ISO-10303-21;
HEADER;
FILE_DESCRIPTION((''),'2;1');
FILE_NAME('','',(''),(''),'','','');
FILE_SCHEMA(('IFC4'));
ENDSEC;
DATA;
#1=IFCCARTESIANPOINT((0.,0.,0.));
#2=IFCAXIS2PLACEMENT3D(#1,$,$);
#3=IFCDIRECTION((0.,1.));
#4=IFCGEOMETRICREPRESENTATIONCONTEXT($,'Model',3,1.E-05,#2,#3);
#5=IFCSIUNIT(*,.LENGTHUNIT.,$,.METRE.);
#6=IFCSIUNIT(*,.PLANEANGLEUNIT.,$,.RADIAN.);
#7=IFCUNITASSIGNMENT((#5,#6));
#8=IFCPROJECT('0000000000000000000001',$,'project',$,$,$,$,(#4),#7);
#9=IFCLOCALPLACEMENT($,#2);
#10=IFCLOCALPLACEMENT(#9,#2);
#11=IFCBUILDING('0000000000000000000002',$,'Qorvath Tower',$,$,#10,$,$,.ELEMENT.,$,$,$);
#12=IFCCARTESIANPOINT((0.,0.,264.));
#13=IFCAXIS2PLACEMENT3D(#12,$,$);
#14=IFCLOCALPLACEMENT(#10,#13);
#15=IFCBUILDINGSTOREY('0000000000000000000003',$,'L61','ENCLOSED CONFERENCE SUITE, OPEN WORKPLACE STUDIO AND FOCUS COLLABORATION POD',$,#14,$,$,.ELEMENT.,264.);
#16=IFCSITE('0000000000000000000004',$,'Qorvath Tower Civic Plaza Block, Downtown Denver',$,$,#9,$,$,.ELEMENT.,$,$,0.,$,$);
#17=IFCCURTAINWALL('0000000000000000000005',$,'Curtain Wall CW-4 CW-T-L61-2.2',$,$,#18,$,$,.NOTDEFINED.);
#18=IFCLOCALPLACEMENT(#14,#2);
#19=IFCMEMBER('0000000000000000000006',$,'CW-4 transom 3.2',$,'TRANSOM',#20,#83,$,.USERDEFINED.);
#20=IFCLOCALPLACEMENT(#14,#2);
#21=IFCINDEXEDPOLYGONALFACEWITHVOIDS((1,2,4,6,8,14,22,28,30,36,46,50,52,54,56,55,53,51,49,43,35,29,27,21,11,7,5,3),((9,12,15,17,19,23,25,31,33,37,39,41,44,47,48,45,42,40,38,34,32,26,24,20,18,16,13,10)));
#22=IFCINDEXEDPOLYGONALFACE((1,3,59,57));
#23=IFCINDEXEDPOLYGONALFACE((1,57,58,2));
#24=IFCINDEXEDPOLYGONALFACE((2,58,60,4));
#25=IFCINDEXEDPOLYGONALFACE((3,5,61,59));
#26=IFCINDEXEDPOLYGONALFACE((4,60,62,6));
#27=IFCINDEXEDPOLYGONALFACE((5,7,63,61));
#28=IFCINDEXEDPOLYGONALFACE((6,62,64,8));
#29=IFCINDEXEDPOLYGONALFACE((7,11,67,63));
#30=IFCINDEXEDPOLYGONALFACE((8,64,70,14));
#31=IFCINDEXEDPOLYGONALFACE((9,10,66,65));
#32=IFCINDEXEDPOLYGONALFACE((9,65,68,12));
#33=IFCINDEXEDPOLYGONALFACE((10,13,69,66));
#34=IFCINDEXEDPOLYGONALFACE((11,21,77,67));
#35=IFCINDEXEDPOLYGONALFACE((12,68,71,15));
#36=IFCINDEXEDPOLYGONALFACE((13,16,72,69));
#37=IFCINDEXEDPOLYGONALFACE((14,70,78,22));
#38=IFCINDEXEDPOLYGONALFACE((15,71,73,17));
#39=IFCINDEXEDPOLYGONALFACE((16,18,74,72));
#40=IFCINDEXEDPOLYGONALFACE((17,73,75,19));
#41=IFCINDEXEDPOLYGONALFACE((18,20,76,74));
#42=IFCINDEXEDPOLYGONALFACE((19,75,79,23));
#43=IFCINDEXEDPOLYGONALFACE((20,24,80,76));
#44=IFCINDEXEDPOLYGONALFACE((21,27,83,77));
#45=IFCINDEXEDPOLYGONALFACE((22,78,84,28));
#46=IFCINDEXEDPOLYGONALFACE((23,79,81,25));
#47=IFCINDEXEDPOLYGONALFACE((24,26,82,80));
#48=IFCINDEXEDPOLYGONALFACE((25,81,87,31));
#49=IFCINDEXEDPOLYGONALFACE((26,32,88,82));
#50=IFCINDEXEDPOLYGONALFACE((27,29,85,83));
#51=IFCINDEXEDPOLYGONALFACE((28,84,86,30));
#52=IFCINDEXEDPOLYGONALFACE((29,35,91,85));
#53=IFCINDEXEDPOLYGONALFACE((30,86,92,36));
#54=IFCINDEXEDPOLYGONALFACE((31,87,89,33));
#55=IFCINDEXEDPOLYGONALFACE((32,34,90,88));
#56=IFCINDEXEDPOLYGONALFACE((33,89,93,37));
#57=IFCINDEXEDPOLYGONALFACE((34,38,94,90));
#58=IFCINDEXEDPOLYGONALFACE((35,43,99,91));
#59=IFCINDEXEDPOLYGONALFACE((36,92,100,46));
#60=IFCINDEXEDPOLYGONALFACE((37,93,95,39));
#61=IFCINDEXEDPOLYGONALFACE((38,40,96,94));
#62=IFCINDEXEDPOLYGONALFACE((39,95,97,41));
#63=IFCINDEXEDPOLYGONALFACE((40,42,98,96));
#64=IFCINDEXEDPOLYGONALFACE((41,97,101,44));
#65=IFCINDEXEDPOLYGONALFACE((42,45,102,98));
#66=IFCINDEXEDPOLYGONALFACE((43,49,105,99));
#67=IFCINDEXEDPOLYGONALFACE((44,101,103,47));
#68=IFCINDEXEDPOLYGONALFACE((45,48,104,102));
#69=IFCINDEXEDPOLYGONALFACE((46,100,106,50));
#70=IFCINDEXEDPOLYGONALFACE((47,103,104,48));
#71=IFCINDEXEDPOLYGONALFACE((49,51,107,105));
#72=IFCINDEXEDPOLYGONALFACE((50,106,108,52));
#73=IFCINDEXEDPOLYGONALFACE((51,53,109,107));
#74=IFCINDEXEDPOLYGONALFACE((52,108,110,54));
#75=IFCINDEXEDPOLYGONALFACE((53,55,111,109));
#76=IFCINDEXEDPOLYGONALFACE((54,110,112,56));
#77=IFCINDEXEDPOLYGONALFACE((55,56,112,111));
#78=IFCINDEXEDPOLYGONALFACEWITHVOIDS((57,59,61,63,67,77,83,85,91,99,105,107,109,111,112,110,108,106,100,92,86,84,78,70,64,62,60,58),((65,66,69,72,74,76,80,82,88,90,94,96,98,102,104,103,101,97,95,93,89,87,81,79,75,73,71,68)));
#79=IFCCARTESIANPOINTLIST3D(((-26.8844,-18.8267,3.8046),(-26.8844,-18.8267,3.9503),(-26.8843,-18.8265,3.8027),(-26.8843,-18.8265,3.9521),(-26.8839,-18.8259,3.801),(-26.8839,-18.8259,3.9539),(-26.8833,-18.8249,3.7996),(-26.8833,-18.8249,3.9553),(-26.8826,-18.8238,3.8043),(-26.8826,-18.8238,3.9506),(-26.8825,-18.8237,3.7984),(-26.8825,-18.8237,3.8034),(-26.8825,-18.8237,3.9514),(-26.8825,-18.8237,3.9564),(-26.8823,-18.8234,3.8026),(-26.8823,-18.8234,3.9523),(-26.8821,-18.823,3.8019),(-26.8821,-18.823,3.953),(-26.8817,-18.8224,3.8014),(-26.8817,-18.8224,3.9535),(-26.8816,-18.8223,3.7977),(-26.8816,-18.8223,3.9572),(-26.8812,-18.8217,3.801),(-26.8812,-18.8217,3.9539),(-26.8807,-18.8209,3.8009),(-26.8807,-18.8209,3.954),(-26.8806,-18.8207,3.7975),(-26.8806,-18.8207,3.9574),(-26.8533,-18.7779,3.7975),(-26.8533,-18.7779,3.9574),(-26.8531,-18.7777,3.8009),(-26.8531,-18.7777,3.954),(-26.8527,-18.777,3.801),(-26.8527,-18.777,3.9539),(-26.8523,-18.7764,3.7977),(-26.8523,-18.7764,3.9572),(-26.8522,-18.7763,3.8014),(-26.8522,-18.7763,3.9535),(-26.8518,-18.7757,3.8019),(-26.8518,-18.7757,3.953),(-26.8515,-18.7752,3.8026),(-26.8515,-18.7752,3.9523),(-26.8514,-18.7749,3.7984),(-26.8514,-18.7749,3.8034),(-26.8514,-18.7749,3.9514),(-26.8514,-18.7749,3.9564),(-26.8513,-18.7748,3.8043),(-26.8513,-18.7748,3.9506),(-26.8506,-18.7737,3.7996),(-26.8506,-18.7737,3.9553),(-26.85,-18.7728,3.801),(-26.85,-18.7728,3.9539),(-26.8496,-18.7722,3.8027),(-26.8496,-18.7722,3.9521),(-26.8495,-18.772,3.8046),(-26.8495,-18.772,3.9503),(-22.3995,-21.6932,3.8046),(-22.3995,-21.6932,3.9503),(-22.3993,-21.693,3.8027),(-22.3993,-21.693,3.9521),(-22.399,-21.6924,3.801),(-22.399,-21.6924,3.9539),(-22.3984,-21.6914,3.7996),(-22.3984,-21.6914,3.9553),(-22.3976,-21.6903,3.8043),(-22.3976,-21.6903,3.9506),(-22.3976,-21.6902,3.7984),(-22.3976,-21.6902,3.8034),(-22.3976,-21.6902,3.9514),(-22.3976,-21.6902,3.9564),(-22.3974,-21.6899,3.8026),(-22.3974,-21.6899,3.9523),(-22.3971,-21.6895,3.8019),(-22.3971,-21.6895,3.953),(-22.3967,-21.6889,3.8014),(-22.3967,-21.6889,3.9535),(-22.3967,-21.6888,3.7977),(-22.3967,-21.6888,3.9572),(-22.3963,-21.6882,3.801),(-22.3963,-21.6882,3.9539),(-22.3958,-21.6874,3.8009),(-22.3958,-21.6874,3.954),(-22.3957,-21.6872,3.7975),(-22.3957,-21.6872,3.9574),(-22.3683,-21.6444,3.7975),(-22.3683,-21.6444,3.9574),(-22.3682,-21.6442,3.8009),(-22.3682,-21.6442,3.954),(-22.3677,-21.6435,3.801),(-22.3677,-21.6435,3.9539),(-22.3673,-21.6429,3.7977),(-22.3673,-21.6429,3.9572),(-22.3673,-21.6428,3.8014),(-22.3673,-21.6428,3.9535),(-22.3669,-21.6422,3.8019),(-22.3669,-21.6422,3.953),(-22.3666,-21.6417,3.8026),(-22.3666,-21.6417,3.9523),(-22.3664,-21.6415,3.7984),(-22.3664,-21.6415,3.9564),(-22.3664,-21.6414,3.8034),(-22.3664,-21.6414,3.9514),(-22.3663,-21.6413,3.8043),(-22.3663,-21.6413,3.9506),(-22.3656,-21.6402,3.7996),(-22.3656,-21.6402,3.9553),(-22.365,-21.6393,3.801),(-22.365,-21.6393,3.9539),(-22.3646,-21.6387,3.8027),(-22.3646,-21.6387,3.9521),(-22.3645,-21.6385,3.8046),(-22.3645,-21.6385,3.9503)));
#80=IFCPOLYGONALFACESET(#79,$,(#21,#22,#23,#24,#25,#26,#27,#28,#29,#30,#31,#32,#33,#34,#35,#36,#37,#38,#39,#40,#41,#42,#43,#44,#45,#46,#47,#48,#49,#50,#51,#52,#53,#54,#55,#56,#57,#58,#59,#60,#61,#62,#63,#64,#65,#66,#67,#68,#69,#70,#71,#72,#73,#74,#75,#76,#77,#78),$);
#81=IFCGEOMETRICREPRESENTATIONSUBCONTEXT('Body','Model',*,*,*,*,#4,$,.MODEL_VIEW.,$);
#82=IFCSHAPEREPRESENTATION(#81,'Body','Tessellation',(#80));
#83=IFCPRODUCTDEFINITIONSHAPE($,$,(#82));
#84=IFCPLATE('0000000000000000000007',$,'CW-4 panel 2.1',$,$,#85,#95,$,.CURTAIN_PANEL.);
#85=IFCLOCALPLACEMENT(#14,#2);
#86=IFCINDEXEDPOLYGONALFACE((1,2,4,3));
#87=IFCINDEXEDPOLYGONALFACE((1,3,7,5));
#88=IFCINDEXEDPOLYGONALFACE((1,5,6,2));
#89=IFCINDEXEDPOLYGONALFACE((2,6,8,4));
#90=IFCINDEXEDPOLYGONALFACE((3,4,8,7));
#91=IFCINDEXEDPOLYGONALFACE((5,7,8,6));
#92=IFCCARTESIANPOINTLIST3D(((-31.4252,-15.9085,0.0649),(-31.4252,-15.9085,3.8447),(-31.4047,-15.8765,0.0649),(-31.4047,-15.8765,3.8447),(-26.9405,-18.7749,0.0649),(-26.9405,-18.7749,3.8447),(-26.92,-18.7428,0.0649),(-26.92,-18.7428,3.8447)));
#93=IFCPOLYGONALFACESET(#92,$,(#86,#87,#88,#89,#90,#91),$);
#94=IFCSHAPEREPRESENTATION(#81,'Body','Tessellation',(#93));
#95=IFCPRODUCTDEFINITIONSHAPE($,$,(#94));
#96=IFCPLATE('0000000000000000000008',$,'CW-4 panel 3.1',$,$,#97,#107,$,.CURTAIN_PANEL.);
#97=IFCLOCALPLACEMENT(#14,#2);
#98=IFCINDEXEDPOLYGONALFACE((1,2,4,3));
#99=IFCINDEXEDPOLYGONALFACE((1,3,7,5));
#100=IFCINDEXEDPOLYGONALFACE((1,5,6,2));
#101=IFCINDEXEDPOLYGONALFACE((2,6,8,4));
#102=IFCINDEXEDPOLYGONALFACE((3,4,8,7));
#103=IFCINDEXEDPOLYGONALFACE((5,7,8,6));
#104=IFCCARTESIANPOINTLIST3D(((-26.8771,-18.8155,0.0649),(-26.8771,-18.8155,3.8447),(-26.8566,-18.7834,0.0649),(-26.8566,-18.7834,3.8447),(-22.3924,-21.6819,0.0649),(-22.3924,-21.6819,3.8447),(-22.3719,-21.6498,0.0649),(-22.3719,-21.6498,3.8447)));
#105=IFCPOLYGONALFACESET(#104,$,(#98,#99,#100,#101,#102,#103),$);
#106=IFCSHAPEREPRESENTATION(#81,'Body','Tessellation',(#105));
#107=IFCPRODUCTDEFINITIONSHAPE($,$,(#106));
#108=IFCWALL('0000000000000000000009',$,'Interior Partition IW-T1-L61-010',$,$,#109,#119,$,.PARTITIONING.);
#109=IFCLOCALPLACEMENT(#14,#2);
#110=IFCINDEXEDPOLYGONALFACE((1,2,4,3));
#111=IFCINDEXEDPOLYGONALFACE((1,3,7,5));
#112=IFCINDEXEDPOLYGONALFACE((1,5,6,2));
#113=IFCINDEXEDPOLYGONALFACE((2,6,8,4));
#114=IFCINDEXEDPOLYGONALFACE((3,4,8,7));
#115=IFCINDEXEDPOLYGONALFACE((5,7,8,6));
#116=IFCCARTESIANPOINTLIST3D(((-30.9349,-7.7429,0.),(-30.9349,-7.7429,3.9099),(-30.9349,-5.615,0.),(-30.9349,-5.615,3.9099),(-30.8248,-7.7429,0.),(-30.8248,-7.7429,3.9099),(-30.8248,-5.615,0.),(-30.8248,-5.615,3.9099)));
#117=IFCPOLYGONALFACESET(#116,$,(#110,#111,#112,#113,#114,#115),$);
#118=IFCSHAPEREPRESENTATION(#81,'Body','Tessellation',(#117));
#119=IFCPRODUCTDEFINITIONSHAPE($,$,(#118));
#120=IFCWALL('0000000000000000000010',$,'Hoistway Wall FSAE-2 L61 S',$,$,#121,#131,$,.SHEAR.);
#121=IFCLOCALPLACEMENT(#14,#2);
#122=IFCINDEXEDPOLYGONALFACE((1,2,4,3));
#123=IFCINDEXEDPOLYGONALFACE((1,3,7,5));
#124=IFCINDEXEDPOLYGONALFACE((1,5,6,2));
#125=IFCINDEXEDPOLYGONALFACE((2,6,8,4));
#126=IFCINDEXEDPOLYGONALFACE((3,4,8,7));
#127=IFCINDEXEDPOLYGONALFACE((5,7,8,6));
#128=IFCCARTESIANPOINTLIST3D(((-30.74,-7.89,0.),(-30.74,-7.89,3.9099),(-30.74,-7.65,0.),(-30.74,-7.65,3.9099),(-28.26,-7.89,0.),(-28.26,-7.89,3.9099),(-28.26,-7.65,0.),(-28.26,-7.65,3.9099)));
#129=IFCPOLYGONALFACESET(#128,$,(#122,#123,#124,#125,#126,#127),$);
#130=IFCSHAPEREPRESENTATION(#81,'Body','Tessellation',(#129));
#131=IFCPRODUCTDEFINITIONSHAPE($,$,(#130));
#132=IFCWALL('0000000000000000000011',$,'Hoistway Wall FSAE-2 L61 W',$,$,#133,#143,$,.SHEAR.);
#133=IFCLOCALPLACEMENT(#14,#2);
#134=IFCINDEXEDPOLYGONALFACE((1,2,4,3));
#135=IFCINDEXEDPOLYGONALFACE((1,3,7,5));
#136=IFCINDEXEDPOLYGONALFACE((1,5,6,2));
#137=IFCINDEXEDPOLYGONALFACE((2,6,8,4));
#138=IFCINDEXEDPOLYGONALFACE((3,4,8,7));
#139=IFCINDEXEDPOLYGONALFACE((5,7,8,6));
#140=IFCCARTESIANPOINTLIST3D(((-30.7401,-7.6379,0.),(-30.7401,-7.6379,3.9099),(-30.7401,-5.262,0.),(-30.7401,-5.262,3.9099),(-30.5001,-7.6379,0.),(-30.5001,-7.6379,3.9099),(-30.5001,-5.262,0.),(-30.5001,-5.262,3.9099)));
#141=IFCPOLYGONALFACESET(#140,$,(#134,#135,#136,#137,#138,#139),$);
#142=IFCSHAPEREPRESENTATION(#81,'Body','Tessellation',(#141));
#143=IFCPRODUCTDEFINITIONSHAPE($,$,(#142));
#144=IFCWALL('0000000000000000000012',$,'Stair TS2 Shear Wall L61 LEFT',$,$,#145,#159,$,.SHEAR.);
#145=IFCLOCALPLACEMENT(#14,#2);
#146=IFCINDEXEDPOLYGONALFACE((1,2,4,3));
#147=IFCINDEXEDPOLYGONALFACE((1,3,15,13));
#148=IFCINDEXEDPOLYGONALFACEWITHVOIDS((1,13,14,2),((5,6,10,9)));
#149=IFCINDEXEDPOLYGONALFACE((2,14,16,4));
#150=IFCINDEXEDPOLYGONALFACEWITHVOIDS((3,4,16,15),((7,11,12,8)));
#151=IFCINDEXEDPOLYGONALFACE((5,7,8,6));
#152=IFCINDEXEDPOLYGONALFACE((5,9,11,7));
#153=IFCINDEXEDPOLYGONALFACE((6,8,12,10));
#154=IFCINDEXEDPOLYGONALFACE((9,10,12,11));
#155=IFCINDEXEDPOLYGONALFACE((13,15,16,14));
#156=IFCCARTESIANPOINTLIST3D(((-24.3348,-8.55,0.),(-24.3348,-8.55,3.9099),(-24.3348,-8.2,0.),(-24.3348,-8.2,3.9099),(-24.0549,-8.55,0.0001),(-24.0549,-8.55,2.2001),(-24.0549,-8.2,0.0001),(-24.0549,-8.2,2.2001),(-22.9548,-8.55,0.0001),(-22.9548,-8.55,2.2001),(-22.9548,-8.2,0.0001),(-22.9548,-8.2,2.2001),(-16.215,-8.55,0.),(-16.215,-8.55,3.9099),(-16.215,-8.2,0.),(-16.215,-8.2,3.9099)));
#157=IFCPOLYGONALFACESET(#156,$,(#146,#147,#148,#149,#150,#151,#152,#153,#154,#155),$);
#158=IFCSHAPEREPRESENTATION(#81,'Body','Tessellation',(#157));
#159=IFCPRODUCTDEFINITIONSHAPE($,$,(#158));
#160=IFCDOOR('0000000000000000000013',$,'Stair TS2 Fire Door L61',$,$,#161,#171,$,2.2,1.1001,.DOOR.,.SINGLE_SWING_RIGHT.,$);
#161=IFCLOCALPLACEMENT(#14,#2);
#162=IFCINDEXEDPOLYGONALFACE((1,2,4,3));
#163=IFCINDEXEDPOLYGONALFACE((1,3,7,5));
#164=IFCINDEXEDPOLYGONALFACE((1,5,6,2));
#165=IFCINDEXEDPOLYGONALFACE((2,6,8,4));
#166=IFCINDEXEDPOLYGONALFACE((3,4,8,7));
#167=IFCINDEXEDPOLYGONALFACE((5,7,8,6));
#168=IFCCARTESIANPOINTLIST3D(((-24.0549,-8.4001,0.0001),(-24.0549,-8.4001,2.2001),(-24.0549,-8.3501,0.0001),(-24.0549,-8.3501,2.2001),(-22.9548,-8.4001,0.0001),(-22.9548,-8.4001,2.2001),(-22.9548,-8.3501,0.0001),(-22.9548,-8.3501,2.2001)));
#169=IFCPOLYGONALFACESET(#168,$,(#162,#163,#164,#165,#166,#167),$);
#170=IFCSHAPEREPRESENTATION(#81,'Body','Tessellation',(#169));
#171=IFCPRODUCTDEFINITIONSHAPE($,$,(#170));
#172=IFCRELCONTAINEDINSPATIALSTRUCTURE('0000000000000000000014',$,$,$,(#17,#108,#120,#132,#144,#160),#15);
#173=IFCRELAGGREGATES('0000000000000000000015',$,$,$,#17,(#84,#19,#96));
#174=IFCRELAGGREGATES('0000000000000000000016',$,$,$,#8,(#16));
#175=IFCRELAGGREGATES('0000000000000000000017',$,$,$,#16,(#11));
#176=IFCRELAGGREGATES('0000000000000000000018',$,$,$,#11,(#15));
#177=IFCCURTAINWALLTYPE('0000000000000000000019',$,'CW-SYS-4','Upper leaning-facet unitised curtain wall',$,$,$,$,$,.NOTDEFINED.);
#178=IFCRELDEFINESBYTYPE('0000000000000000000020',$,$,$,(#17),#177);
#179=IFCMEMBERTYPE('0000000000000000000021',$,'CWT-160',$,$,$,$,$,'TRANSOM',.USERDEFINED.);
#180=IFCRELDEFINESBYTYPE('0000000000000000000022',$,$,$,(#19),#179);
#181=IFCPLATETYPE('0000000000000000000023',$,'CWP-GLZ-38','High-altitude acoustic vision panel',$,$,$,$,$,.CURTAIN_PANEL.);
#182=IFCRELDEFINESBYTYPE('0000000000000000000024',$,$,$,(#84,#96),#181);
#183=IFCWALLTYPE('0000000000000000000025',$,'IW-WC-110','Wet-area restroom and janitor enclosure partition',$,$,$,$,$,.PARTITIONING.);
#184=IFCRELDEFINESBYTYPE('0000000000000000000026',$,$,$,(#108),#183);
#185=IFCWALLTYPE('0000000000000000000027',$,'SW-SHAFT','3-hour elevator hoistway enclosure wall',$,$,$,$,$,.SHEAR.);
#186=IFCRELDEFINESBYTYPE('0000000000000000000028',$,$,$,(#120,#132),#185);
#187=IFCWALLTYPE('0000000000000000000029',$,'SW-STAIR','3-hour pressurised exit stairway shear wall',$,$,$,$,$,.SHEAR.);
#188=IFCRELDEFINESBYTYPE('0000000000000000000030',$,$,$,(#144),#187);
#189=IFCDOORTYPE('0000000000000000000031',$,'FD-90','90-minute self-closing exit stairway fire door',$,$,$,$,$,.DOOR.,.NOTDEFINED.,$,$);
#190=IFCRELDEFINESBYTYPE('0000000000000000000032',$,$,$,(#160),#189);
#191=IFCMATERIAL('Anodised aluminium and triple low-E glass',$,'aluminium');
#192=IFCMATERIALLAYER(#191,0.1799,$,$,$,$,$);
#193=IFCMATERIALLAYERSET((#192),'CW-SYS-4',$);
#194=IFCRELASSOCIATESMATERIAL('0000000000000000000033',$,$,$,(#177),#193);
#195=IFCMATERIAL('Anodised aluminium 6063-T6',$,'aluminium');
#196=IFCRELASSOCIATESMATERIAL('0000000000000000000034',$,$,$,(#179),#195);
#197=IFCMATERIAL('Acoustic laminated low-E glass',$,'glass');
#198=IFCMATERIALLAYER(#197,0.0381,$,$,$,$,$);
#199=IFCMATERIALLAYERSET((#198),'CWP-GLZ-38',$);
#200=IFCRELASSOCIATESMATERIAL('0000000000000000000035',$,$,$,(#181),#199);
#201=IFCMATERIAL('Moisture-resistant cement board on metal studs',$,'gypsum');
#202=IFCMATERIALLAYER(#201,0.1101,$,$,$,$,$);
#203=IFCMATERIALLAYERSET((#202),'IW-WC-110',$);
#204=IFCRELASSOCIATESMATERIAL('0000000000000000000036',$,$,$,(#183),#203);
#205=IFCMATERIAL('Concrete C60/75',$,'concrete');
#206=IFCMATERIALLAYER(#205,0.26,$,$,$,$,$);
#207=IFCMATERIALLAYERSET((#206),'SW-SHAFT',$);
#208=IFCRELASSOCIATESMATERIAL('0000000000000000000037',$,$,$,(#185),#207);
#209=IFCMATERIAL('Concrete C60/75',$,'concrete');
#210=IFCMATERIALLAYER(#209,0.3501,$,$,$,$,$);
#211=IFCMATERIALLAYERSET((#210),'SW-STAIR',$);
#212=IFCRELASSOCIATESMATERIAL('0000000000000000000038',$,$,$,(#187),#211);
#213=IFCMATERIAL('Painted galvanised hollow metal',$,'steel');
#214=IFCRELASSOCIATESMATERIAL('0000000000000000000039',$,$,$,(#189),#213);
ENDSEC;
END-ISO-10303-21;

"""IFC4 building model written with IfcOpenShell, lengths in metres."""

from ifc_helpers import new_model, si_unit, direction, frame, frame_2d, origin, origin_2d, place, context, subcontext, project, spatial, rectangle, hollow_rectangle, extrude, material, layer, layer_set, material_profile, profile_set, type_object, element, fill, aggregate, save


model = new_model("IFC4")

# Units and contexts
model_context = context("Model", 3, precision=1e-05, world=origin(), true_north=direction((0.0, 1.0)))
body_context = subcontext(model_context, "Body", "Model", "MODEL_VIEW")
ifc_project = project(units=[si_unit("LENGTHUNIT", "METRE"), si_unit("PLANEANGLEUNIT", "RADIAN")], contexts=[model_context])

# Site, building, storey
site_placement = place(None, origin())
site = spatial("IfcSite", under=ifc_project, at=site_placement, Name="Qorvath Tower Civic Plaza Block, Downtown Denver", CompositionType="ELEMENT", RefElevation=0.0)
building_placement = place(site_placement, origin())
building = spatial("IfcBuilding", under=site, at=building_placement, Name="Qorvath Tower", CompositionType="ELEMENT")
storey_placement = place(building_placement, frame((0.0, 0.0, 264.0)))
storey = spatial("IfcBuildingStorey", under=building, at=storey_placement, Name="L61", Description="ENCLOSED CONFERENCE SUITE, OPEN WORKPLACE STUDIO AND FOCUS COLLABORATION POD", CompositionType="ELEMENT", Elevation=264.0)

# Curtain wall, member, plates
ifc_material_1 = material(Name="Anodised aluminium and triple low-E glass", Category="aluminium")
ifc_layer_1 = layer(ifc_material_1, 0.1799)
ifc_layer_set_1 = layer_set([ifc_layer_1], Name="CW-SYS-4")
curtain_wall_type = type_object("IfcCurtainWallType", Name="CW-SYS-4", Description="Upper leaning-facet unitised curtain wall", PredefinedType="NOTDEFINED", material=ifc_layer_set_1)
curtain_wall_placement = place(storey_placement, origin())
curtain_wall = element("IfcCurtainWall", 1, at=curtain_wall_placement, inside=storey, type_object=curtain_wall_type, Name="Curtain Wall CW-4 CW-T-L61-2.2", PredefinedType="NOTDEFINED")
ifc_material_2 = material(Name="Anodised aluminium 6063-T6", Category="aluminium")
ifc_material_profile_1 = material_profile(ifc_material_2, hollow_rectangle(XDim=0.0649, YDim=0.1599, WallThickness=0.0034, InnerFilletRadius=0.0034, OuterFilletRadius=0.0071, at=origin_2d()), Name="CWT 160x65")
ifc_profile_set_1 = profile_set([ifc_material_profile_1], Name="Anodised aluminium 6063-T6")
member_type_1 = type_object("IfcMemberType", Name="CWT-160", ElementType="TRANSOM", PredefinedType="USERDEFINED", material=ifc_profile_set_1)
member_1_placement = place(storey_placement, frame((-26.8669, -18.7993, 3.8774), z_axis=(0.8426, -0.538539, 0.0), x_axis=(0.538539, 0.8426, 0.0)))
member_1 = element("IfcMember", 2, at=member_1_placement, type_object=member_type_1, Name="CW-4 transom 3.2", ObjectType="TRANSOM", PredefinedType="USERDEFINED", context=body_context, shape_type="SweptSolid", body=[
    extrude(hollow_rectangle(XDim=0.0649, YDim=0.1599, WallThickness=0.0034, InnerFilletRadius=0.0034, OuterFilletRadius=0.0071, at=origin_2d()), origin(), (0.0, 0.0, 1.0), 5.3228),
])
ifc_material_3 = material(Name="Acoustic laminated low-E glass", Category="glass")
ifc_layer_2 = layer(ifc_material_3, 0.0381)
ifc_layer_set_2 = layer_set([ifc_layer_2], Name="CWP-GLZ-38")
plate_type = type_object("IfcPlateType", Name="CWP-GLZ-38", Description="High-altitude acoustic vision panel", PredefinedType="CURTAIN_PANEL", material=ifc_layer_set_2)
plate_1_placement = place(storey_placement, frame((-29.1726, -17.3257, 0.0649), z_axis=(0.0, 0.0, 1.0), x_axis=(0.842602, -0.538536, 0.0)))
plate_1 = element("IfcPlate", 3, at=plate_1_placement, type_object=plate_type, Name="CW-4 panel 2.1", PredefinedType="CURTAIN_PANEL", context=body_context, shape_type="SweptSolid", body=[
    extrude(rectangle(XDim=5.3225, YDim=0.0381, at=origin_2d()), origin(), (0.0, 0.0, 1.0), 3.7798),
])
plate_2_placement = place(storey_placement, frame((-24.6245, -20.2327, 0.0649), z_axis=(0.0, 0.0, 1.0), x_axis=(0.842602, -0.538536, 0.0)))
plate_2 = element("IfcPlate", 4, at=plate_2_placement, type_object=plate_type, Name="CW-4 panel 3.1", PredefinedType="CURTAIN_PANEL", context=body_context, shape_type="SweptSolid", body=[
    extrude(rectangle(XDim=5.3225, YDim=0.0381, at=origin_2d()), origin(), (0.0, 0.0, 1.0), 3.7798),
])
aggregate(curtain_wall, [plate_1, member_1, plate_2])

# Walls
ifc_material_4 = material(Name="Moisture-resistant cement board on metal studs", Category="gypsum")
ifc_layer_3 = layer(ifc_material_4, 0.1101)
ifc_layer_set_3 = layer_set([ifc_layer_3], Name="IW-WC-110")
wall_type_1 = type_object("IfcWallType", Name="IW-WC-110", Description="Wet-area restroom and janitor enclosure partition", PredefinedType="PARTITIONING", material=ifc_layer_set_3)
wall_1_placement = place(storey_placement, frame((-30.8799, -7.7429, 0.0), z_axis=(0.0, 0.0, 1.0), x_axis=(0.0, 1.0, 0.0)))
element("IfcWall", 5, at=wall_1_placement, inside=storey, type_object=wall_type_1, Name="Interior Partition IW-T1-L61-010", PredefinedType="PARTITIONING", context=body_context, shape_type="SweptSolid", body=[
    extrude(rectangle(XDim=2.1279, YDim=0.1101, at=frame_2d((1.064, 0.0))), origin(), (0.0, 0.0, 1.0), 3.9099),
])
ifc_material_5 = material(Name="Concrete C60/75", Category="concrete")
ifc_layer_4 = layer(ifc_material_5, 0.26)
ifc_layer_set_4 = layer_set([ifc_layer_4], Name="SW-SHAFT")
wall_type_2 = type_object("IfcWallType", Name="SW-SHAFT", Description="3-hour elevator hoistway enclosure wall", PredefinedType="SHEAR", material=ifc_layer_set_4)
wall_2_placement = place(storey_placement, frame((-28.26, -7.77, 0.0), z_axis=(0.0, 0.0, 1.0), x_axis=(-1.0, 0.0, 0.0)))
element("IfcWall", 6, at=wall_2_placement, inside=storey, type_object=wall_type_2, Name="Hoistway Wall FSAE-2 L61 S", PredefinedType="SHEAR", context=body_context, shape_type="SweptSolid", body=[
    extrude(rectangle(XDim=2.48, YDim=0.24, at=frame_2d((1.24, 0.0))), origin(), (0.0, 0.0, 1.0), 3.9099),
])
wall_3_placement = place(storey_placement, frame((-30.6201, -7.6379, 0.0), z_axis=(0.0, 0.0, 1.0), x_axis=(0.0, 1.0, 0.0)))
element("IfcWall", 7, at=wall_3_placement, inside=storey, type_object=wall_type_2, Name="Hoistway Wall FSAE-2 L61 W", PredefinedType="SHEAR", context=body_context, shape_type="SweptSolid", body=[
    extrude(rectangle(XDim=2.376, YDim=0.24, at=frame_2d((1.188, 0.0))), origin(), (0.0, 0.0, 1.0), 3.9099),
])

# Wall, opening, door
ifc_material_6 = material(Name="Concrete C60/75", Category="concrete")
ifc_layer_5 = layer(ifc_material_6, 0.3501)
ifc_layer_set_5 = layer_set([ifc_layer_5], Name="SW-STAIR")
wall_type_3 = type_object("IfcWallType", Name="SW-STAIR", Description="3-hour pressurised exit stairway shear wall", PredefinedType="SHEAR", material=ifc_layer_set_5)
wall_4_placement = place(storey_placement, frame((-24.335, -8.375, 0.0), z_axis=(0.0, 0.0, 1.0), x_axis=(1.0, 0.0, 0.0)))
wall_4 = element("IfcWall", 8, at=wall_4_placement, inside=storey, type_object=wall_type_3, Name="Stair TS2 Shear Wall L61 LEFT", PredefinedType="SHEAR", context=body_context, shape_type="SweptSolid", body=[
    extrude(rectangle(XDim=8.1199, YDim=0.3501, at=frame_2d((4.0601, 0.0))), origin(), (0.0, 0.0, 1.0), 3.9099),
])
opening_1_placement = place(wall_4_placement, frame((0.28, 0.0, 0.0)))
opening_1 = element("IfcOpeningElement", 9, at=opening_1_placement, cuts=wall_4, PredefinedType="OPENING", context=body_context, shape_type="SweptSolid", body=[
    extrude(rectangle(XDim=1.1001, YDim=2.2, at=frame_2d((0.55, 1.1001))), frame((0.0, 0.1851, 0.0), z_axis=(0.0, -1.0, 0.0), x_axis=(1.0, 0.0, 0.0)), (0.0, 0.0, 1.0), 0.3701),
])
ifc_material_7 = material(Name="Painted galvanised hollow metal", Category="steel")
door_type_1 = type_object("IfcDoorType", Name="FD-90", Description="90-minute self-closing exit stairway fire door", OperationType="NOTDEFINED", PredefinedType="DOOR", material=ifc_material_7)
door_1_placement = place(opening_1_placement, origin())
door_1 = element("IfcDoor", 10, at=door_1_placement, inside=storey, type_object=door_type_1, Name="Stair TS2 Fire Door L61", OperationType="SINGLE_SWING_RIGHT", OverallHeight=2.2, OverallWidth=1.1001, PredefinedType="DOOR", context=body_context, shape_type="SweptSolid", body=[
    extrude(rectangle(XDim=1.1001, YDim=2.2, at=frame_2d((0.55, 1.1001))), frame((0.0, 0.0249, 0.0), z_axis=(0.0, -1.0, 0.0), x_axis=(1.0, 0.0, 0.0)), (0.0, 0.0, 1.0), 0.05),
])
fill(opening_1, door_1)

save(model, "model.ifc")
